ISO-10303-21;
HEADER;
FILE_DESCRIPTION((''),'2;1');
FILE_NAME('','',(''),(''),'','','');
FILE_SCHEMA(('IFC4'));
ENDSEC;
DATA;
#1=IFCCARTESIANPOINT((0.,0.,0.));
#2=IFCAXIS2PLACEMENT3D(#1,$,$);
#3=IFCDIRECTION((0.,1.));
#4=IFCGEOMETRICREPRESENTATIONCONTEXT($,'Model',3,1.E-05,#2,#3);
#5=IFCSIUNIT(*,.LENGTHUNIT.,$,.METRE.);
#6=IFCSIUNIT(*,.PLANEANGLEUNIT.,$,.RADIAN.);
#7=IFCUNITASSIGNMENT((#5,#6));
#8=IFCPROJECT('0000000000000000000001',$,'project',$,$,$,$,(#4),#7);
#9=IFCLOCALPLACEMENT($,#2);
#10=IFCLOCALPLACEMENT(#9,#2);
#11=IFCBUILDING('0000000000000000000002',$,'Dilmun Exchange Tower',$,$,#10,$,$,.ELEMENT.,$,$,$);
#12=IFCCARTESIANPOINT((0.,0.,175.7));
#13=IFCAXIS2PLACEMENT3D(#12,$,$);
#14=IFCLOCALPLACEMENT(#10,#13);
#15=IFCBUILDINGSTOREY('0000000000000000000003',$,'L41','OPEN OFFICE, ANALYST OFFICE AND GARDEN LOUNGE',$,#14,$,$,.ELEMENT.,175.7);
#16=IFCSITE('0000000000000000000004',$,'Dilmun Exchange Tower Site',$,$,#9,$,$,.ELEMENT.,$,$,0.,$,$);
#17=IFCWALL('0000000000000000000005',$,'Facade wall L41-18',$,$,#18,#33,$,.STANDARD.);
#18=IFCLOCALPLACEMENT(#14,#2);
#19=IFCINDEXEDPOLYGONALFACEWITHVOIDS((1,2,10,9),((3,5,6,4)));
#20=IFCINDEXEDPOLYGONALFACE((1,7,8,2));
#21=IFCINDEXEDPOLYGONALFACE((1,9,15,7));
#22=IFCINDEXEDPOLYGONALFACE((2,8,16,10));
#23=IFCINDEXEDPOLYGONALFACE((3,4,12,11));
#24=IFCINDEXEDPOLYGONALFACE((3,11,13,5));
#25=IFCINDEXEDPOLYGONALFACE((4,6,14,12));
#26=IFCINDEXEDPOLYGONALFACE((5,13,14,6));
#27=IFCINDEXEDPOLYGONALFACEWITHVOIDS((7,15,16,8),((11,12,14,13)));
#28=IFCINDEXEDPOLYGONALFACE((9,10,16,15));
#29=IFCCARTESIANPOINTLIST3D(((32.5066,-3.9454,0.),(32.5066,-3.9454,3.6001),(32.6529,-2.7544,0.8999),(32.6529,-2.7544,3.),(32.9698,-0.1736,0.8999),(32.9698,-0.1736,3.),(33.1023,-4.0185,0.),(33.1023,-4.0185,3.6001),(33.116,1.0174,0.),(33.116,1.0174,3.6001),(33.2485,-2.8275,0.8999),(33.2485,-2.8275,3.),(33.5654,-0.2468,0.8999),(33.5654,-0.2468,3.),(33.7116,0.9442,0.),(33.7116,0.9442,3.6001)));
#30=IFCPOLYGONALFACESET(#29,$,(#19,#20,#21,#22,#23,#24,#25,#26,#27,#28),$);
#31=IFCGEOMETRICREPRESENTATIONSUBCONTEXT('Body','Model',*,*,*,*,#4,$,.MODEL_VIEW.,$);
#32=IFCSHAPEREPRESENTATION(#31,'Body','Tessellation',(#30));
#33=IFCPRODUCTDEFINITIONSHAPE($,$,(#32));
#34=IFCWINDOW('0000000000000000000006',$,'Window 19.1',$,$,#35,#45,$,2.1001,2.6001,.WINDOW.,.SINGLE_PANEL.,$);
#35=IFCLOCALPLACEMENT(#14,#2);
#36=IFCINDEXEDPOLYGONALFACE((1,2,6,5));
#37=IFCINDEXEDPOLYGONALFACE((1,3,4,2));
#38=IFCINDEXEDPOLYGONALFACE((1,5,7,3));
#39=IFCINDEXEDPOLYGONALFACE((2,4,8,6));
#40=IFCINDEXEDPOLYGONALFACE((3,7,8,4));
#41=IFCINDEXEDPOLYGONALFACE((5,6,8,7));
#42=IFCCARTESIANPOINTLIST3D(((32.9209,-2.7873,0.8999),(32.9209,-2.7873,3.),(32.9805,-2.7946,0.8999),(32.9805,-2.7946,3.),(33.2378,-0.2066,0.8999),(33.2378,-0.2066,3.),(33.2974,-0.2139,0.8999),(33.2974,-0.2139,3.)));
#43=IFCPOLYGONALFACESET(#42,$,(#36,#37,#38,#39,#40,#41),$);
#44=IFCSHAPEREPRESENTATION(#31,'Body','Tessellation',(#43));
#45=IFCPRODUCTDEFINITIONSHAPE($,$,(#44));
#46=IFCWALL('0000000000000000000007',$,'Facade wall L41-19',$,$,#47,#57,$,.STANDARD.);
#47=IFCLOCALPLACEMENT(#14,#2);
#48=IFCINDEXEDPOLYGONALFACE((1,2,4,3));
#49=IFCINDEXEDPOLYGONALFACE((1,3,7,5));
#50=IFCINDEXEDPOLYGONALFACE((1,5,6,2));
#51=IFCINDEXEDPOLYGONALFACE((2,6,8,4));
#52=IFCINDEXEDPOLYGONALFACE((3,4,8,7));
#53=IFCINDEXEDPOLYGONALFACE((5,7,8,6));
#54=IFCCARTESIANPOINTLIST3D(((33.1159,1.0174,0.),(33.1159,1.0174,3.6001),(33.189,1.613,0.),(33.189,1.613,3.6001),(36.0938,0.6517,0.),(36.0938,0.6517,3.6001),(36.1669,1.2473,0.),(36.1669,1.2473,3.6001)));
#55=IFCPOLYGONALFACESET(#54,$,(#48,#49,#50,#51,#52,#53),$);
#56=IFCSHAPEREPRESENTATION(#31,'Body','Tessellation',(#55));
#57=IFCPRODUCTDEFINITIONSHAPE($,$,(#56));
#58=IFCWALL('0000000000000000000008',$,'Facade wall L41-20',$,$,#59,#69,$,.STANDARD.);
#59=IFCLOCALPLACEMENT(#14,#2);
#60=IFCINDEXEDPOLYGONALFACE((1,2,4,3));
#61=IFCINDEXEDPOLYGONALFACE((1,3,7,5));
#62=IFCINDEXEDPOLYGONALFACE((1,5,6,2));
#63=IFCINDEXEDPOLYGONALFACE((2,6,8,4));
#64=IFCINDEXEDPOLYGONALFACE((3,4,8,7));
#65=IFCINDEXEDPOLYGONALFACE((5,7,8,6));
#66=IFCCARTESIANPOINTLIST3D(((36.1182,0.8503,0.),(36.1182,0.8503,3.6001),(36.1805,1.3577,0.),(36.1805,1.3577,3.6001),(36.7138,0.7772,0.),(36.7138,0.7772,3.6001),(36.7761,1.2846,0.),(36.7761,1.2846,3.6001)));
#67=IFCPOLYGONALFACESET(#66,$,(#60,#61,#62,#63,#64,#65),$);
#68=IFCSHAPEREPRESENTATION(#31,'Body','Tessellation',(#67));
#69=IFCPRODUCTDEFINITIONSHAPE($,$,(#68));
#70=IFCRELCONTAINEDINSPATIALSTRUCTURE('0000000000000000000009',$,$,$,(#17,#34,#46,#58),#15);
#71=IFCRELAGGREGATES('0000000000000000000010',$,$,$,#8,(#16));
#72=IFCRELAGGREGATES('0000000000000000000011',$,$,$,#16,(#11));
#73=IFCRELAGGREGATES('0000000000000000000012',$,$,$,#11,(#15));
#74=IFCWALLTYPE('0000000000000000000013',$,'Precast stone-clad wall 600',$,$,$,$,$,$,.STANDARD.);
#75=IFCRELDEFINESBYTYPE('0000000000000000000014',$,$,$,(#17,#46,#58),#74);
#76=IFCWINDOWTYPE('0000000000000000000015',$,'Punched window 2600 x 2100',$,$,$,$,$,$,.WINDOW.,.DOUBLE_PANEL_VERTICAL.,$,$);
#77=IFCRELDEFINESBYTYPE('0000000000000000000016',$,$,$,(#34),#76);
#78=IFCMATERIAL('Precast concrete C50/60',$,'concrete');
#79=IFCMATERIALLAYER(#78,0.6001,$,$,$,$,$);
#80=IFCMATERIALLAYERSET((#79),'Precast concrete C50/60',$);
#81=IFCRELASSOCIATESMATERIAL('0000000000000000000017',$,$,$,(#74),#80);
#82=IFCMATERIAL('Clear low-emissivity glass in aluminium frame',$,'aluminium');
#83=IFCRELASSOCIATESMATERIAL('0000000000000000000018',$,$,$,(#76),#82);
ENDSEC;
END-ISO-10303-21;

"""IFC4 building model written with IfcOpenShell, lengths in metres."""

from ifc_helpers import new_model, si_unit, direction, frame, frame_2d, origin, place, context, subcontext, project, spatial, rectangle, extrude, material, layer, layer_set, type_object, element, fill, save


model = new_model("IFC4")

# Units and contexts
model_context = context("Model", 3, precision=1e-05, world=origin(), true_north=direction((0.0, 1.0)))
body_context = subcontext(model_context, "Body", "Model", "MODEL_VIEW")
ifc_project = project(units=[si_unit("LENGTHUNIT", "METRE"), si_unit("PLANEANGLEUNIT", "RADIAN")], contexts=[model_context])

# Site, building, storey
site_placement = place(None, origin())
site = spatial("IfcSite", under=ifc_project, at=site_placement, Name="Dilmun Exchange Tower Site", CompositionType="ELEMENT", RefElevation=0.0)
building_placement = place(site_placement, origin())
building = spatial("IfcBuilding", under=site, at=building_placement, Name="Dilmun Exchange Tower", CompositionType="ELEMENT")
storey_placement = place(building_placement, frame((0.0, 0.0, 175.7)))
storey = spatial("IfcBuildingStorey", under=building, at=storey_placement, Name="L41", Description="OPEN OFFICE, ANALYST OFFICE AND GARDEN LOUNGE", CompositionType="ELEMENT", Elevation=175.7)

# Shared definitions
ifc_material_1 = material(Name="Precast concrete C50/60", Category="concrete")
ifc_layer_1 = layer(ifc_material_1, 0.6001)
ifc_layer_set_1 = layer_set([ifc_layer_1], Name="Precast concrete C50/60")
wall_type_1 = type_object("IfcWallType", Name="Precast stone-clad wall 600", PredefinedType="STANDARD", material=ifc_layer_set_1)

# Wall, opening, window
wall_1_placement = place(storey_placement, frame((32.8044, -3.9819, 0.0), z_axis=(0.0, 0.0, 1.0), x_axis=(0.121877, 0.992545, 0.0)))
wall_1 = element("IfcWall", 1, at=wall_1_placement, inside=storey, type_object=wall_type_1, Name="Facade wall L41-18", PredefinedType="STANDARD", context=body_context, shape_type="SweptSolid", body=[
    extrude(rectangle(XDim=5.0, YDim=0.6001, at=frame_2d((2.5, 0.0))), origin(), (0.0, 0.0, 1.0), 3.6001),
])
opening_1_placement = place(wall_1_placement, frame((1.2, 0.0, 0.8999)))
opening_1 = element("IfcOpeningElement", 2, at=opening_1_placement, cuts=wall_1, PredefinedType="OPENING", context=body_context, shape_type="SweptSolid", body=[
    extrude(rectangle(XDim=2.6001, YDim=2.1001, at=frame_2d((1.3, 1.05))), frame((0.0, 0.3101, 0.0), z_axis=(0.0, -1.0, 0.0), x_axis=(1.0, 0.0, 0.0)), (0.0, 0.0, 1.0), 0.6201),
])
ifc_material_2 = material(Name="Clear low-emissivity glass in aluminium frame", Category="aluminium")
window_type_1 = type_object("IfcWindowType", Name="Punched window 2600 x 2100", PartitioningType="DOUBLE_PANEL_VERTICAL", PredefinedType="WINDOW", material=ifc_material_2)
window_1_placement = place(opening_1_placement, origin())
window_1 = element("IfcWindow", 3, at=window_1_placement, inside=storey, type_object=window_type_1, Name="Window 19.1", OverallHeight=2.1001, OverallWidth=2.6001, PartitioningType="SINGLE_PANEL", PredefinedType="WINDOW", context=body_context, shape_type="SweptSolid", body=[
    extrude(rectangle(XDim=2.6001, YDim=2.1001, at=frame_2d((1.3, 1.05))), frame((0.0, 0.03, 0.0), z_axis=(0.0, -1.0, 0.0), x_axis=(1.0, 0.0, 0.0)), (0.0, 0.0, 1.0), 0.0601),
])
fill(opening_1, window_1)

# Walls
wall_2_placement = place(storey_placement, frame((33.1526, 1.3152, 0.0), z_axis=(0.0, 0.0, 1.0), x_axis=(0.992542, -0.121901, 0.0)))
element("IfcWall", 4, at=wall_2_placement, inside=storey, type_object=wall_type_1, Name="Facade wall L41-19", PredefinedType="STANDARD", context=body_context, shape_type="SweptSolid", body=[
    extrude(rectangle(XDim=3.0002, YDim=0.6001, at=frame_2d((1.5, 0.0))), origin(), (0.0, 0.0, 1.0), 3.6001),
])
wall_3_placement = place(storey_placement, frame((36.416, 0.8137, 0.0), z_axis=(0.0, 0.0, 1.0), x_axis=(0.1218, 0.992555, 0.0)))
element("IfcWall", 5, at=wall_3_placement, inside=storey, type_object=wall_type_1, Name="Facade wall L41-20", PredefinedType="STANDARD", context=body_context, shape_type="SweptSolid", body=[
    extrude(rectangle(XDim=0.5112, YDim=0.6001, at=frame_2d((0.2556, 0.0))), origin(), (0.0, 0.0, 1.0), 3.6001),
])

save(model, "model.ifc")
